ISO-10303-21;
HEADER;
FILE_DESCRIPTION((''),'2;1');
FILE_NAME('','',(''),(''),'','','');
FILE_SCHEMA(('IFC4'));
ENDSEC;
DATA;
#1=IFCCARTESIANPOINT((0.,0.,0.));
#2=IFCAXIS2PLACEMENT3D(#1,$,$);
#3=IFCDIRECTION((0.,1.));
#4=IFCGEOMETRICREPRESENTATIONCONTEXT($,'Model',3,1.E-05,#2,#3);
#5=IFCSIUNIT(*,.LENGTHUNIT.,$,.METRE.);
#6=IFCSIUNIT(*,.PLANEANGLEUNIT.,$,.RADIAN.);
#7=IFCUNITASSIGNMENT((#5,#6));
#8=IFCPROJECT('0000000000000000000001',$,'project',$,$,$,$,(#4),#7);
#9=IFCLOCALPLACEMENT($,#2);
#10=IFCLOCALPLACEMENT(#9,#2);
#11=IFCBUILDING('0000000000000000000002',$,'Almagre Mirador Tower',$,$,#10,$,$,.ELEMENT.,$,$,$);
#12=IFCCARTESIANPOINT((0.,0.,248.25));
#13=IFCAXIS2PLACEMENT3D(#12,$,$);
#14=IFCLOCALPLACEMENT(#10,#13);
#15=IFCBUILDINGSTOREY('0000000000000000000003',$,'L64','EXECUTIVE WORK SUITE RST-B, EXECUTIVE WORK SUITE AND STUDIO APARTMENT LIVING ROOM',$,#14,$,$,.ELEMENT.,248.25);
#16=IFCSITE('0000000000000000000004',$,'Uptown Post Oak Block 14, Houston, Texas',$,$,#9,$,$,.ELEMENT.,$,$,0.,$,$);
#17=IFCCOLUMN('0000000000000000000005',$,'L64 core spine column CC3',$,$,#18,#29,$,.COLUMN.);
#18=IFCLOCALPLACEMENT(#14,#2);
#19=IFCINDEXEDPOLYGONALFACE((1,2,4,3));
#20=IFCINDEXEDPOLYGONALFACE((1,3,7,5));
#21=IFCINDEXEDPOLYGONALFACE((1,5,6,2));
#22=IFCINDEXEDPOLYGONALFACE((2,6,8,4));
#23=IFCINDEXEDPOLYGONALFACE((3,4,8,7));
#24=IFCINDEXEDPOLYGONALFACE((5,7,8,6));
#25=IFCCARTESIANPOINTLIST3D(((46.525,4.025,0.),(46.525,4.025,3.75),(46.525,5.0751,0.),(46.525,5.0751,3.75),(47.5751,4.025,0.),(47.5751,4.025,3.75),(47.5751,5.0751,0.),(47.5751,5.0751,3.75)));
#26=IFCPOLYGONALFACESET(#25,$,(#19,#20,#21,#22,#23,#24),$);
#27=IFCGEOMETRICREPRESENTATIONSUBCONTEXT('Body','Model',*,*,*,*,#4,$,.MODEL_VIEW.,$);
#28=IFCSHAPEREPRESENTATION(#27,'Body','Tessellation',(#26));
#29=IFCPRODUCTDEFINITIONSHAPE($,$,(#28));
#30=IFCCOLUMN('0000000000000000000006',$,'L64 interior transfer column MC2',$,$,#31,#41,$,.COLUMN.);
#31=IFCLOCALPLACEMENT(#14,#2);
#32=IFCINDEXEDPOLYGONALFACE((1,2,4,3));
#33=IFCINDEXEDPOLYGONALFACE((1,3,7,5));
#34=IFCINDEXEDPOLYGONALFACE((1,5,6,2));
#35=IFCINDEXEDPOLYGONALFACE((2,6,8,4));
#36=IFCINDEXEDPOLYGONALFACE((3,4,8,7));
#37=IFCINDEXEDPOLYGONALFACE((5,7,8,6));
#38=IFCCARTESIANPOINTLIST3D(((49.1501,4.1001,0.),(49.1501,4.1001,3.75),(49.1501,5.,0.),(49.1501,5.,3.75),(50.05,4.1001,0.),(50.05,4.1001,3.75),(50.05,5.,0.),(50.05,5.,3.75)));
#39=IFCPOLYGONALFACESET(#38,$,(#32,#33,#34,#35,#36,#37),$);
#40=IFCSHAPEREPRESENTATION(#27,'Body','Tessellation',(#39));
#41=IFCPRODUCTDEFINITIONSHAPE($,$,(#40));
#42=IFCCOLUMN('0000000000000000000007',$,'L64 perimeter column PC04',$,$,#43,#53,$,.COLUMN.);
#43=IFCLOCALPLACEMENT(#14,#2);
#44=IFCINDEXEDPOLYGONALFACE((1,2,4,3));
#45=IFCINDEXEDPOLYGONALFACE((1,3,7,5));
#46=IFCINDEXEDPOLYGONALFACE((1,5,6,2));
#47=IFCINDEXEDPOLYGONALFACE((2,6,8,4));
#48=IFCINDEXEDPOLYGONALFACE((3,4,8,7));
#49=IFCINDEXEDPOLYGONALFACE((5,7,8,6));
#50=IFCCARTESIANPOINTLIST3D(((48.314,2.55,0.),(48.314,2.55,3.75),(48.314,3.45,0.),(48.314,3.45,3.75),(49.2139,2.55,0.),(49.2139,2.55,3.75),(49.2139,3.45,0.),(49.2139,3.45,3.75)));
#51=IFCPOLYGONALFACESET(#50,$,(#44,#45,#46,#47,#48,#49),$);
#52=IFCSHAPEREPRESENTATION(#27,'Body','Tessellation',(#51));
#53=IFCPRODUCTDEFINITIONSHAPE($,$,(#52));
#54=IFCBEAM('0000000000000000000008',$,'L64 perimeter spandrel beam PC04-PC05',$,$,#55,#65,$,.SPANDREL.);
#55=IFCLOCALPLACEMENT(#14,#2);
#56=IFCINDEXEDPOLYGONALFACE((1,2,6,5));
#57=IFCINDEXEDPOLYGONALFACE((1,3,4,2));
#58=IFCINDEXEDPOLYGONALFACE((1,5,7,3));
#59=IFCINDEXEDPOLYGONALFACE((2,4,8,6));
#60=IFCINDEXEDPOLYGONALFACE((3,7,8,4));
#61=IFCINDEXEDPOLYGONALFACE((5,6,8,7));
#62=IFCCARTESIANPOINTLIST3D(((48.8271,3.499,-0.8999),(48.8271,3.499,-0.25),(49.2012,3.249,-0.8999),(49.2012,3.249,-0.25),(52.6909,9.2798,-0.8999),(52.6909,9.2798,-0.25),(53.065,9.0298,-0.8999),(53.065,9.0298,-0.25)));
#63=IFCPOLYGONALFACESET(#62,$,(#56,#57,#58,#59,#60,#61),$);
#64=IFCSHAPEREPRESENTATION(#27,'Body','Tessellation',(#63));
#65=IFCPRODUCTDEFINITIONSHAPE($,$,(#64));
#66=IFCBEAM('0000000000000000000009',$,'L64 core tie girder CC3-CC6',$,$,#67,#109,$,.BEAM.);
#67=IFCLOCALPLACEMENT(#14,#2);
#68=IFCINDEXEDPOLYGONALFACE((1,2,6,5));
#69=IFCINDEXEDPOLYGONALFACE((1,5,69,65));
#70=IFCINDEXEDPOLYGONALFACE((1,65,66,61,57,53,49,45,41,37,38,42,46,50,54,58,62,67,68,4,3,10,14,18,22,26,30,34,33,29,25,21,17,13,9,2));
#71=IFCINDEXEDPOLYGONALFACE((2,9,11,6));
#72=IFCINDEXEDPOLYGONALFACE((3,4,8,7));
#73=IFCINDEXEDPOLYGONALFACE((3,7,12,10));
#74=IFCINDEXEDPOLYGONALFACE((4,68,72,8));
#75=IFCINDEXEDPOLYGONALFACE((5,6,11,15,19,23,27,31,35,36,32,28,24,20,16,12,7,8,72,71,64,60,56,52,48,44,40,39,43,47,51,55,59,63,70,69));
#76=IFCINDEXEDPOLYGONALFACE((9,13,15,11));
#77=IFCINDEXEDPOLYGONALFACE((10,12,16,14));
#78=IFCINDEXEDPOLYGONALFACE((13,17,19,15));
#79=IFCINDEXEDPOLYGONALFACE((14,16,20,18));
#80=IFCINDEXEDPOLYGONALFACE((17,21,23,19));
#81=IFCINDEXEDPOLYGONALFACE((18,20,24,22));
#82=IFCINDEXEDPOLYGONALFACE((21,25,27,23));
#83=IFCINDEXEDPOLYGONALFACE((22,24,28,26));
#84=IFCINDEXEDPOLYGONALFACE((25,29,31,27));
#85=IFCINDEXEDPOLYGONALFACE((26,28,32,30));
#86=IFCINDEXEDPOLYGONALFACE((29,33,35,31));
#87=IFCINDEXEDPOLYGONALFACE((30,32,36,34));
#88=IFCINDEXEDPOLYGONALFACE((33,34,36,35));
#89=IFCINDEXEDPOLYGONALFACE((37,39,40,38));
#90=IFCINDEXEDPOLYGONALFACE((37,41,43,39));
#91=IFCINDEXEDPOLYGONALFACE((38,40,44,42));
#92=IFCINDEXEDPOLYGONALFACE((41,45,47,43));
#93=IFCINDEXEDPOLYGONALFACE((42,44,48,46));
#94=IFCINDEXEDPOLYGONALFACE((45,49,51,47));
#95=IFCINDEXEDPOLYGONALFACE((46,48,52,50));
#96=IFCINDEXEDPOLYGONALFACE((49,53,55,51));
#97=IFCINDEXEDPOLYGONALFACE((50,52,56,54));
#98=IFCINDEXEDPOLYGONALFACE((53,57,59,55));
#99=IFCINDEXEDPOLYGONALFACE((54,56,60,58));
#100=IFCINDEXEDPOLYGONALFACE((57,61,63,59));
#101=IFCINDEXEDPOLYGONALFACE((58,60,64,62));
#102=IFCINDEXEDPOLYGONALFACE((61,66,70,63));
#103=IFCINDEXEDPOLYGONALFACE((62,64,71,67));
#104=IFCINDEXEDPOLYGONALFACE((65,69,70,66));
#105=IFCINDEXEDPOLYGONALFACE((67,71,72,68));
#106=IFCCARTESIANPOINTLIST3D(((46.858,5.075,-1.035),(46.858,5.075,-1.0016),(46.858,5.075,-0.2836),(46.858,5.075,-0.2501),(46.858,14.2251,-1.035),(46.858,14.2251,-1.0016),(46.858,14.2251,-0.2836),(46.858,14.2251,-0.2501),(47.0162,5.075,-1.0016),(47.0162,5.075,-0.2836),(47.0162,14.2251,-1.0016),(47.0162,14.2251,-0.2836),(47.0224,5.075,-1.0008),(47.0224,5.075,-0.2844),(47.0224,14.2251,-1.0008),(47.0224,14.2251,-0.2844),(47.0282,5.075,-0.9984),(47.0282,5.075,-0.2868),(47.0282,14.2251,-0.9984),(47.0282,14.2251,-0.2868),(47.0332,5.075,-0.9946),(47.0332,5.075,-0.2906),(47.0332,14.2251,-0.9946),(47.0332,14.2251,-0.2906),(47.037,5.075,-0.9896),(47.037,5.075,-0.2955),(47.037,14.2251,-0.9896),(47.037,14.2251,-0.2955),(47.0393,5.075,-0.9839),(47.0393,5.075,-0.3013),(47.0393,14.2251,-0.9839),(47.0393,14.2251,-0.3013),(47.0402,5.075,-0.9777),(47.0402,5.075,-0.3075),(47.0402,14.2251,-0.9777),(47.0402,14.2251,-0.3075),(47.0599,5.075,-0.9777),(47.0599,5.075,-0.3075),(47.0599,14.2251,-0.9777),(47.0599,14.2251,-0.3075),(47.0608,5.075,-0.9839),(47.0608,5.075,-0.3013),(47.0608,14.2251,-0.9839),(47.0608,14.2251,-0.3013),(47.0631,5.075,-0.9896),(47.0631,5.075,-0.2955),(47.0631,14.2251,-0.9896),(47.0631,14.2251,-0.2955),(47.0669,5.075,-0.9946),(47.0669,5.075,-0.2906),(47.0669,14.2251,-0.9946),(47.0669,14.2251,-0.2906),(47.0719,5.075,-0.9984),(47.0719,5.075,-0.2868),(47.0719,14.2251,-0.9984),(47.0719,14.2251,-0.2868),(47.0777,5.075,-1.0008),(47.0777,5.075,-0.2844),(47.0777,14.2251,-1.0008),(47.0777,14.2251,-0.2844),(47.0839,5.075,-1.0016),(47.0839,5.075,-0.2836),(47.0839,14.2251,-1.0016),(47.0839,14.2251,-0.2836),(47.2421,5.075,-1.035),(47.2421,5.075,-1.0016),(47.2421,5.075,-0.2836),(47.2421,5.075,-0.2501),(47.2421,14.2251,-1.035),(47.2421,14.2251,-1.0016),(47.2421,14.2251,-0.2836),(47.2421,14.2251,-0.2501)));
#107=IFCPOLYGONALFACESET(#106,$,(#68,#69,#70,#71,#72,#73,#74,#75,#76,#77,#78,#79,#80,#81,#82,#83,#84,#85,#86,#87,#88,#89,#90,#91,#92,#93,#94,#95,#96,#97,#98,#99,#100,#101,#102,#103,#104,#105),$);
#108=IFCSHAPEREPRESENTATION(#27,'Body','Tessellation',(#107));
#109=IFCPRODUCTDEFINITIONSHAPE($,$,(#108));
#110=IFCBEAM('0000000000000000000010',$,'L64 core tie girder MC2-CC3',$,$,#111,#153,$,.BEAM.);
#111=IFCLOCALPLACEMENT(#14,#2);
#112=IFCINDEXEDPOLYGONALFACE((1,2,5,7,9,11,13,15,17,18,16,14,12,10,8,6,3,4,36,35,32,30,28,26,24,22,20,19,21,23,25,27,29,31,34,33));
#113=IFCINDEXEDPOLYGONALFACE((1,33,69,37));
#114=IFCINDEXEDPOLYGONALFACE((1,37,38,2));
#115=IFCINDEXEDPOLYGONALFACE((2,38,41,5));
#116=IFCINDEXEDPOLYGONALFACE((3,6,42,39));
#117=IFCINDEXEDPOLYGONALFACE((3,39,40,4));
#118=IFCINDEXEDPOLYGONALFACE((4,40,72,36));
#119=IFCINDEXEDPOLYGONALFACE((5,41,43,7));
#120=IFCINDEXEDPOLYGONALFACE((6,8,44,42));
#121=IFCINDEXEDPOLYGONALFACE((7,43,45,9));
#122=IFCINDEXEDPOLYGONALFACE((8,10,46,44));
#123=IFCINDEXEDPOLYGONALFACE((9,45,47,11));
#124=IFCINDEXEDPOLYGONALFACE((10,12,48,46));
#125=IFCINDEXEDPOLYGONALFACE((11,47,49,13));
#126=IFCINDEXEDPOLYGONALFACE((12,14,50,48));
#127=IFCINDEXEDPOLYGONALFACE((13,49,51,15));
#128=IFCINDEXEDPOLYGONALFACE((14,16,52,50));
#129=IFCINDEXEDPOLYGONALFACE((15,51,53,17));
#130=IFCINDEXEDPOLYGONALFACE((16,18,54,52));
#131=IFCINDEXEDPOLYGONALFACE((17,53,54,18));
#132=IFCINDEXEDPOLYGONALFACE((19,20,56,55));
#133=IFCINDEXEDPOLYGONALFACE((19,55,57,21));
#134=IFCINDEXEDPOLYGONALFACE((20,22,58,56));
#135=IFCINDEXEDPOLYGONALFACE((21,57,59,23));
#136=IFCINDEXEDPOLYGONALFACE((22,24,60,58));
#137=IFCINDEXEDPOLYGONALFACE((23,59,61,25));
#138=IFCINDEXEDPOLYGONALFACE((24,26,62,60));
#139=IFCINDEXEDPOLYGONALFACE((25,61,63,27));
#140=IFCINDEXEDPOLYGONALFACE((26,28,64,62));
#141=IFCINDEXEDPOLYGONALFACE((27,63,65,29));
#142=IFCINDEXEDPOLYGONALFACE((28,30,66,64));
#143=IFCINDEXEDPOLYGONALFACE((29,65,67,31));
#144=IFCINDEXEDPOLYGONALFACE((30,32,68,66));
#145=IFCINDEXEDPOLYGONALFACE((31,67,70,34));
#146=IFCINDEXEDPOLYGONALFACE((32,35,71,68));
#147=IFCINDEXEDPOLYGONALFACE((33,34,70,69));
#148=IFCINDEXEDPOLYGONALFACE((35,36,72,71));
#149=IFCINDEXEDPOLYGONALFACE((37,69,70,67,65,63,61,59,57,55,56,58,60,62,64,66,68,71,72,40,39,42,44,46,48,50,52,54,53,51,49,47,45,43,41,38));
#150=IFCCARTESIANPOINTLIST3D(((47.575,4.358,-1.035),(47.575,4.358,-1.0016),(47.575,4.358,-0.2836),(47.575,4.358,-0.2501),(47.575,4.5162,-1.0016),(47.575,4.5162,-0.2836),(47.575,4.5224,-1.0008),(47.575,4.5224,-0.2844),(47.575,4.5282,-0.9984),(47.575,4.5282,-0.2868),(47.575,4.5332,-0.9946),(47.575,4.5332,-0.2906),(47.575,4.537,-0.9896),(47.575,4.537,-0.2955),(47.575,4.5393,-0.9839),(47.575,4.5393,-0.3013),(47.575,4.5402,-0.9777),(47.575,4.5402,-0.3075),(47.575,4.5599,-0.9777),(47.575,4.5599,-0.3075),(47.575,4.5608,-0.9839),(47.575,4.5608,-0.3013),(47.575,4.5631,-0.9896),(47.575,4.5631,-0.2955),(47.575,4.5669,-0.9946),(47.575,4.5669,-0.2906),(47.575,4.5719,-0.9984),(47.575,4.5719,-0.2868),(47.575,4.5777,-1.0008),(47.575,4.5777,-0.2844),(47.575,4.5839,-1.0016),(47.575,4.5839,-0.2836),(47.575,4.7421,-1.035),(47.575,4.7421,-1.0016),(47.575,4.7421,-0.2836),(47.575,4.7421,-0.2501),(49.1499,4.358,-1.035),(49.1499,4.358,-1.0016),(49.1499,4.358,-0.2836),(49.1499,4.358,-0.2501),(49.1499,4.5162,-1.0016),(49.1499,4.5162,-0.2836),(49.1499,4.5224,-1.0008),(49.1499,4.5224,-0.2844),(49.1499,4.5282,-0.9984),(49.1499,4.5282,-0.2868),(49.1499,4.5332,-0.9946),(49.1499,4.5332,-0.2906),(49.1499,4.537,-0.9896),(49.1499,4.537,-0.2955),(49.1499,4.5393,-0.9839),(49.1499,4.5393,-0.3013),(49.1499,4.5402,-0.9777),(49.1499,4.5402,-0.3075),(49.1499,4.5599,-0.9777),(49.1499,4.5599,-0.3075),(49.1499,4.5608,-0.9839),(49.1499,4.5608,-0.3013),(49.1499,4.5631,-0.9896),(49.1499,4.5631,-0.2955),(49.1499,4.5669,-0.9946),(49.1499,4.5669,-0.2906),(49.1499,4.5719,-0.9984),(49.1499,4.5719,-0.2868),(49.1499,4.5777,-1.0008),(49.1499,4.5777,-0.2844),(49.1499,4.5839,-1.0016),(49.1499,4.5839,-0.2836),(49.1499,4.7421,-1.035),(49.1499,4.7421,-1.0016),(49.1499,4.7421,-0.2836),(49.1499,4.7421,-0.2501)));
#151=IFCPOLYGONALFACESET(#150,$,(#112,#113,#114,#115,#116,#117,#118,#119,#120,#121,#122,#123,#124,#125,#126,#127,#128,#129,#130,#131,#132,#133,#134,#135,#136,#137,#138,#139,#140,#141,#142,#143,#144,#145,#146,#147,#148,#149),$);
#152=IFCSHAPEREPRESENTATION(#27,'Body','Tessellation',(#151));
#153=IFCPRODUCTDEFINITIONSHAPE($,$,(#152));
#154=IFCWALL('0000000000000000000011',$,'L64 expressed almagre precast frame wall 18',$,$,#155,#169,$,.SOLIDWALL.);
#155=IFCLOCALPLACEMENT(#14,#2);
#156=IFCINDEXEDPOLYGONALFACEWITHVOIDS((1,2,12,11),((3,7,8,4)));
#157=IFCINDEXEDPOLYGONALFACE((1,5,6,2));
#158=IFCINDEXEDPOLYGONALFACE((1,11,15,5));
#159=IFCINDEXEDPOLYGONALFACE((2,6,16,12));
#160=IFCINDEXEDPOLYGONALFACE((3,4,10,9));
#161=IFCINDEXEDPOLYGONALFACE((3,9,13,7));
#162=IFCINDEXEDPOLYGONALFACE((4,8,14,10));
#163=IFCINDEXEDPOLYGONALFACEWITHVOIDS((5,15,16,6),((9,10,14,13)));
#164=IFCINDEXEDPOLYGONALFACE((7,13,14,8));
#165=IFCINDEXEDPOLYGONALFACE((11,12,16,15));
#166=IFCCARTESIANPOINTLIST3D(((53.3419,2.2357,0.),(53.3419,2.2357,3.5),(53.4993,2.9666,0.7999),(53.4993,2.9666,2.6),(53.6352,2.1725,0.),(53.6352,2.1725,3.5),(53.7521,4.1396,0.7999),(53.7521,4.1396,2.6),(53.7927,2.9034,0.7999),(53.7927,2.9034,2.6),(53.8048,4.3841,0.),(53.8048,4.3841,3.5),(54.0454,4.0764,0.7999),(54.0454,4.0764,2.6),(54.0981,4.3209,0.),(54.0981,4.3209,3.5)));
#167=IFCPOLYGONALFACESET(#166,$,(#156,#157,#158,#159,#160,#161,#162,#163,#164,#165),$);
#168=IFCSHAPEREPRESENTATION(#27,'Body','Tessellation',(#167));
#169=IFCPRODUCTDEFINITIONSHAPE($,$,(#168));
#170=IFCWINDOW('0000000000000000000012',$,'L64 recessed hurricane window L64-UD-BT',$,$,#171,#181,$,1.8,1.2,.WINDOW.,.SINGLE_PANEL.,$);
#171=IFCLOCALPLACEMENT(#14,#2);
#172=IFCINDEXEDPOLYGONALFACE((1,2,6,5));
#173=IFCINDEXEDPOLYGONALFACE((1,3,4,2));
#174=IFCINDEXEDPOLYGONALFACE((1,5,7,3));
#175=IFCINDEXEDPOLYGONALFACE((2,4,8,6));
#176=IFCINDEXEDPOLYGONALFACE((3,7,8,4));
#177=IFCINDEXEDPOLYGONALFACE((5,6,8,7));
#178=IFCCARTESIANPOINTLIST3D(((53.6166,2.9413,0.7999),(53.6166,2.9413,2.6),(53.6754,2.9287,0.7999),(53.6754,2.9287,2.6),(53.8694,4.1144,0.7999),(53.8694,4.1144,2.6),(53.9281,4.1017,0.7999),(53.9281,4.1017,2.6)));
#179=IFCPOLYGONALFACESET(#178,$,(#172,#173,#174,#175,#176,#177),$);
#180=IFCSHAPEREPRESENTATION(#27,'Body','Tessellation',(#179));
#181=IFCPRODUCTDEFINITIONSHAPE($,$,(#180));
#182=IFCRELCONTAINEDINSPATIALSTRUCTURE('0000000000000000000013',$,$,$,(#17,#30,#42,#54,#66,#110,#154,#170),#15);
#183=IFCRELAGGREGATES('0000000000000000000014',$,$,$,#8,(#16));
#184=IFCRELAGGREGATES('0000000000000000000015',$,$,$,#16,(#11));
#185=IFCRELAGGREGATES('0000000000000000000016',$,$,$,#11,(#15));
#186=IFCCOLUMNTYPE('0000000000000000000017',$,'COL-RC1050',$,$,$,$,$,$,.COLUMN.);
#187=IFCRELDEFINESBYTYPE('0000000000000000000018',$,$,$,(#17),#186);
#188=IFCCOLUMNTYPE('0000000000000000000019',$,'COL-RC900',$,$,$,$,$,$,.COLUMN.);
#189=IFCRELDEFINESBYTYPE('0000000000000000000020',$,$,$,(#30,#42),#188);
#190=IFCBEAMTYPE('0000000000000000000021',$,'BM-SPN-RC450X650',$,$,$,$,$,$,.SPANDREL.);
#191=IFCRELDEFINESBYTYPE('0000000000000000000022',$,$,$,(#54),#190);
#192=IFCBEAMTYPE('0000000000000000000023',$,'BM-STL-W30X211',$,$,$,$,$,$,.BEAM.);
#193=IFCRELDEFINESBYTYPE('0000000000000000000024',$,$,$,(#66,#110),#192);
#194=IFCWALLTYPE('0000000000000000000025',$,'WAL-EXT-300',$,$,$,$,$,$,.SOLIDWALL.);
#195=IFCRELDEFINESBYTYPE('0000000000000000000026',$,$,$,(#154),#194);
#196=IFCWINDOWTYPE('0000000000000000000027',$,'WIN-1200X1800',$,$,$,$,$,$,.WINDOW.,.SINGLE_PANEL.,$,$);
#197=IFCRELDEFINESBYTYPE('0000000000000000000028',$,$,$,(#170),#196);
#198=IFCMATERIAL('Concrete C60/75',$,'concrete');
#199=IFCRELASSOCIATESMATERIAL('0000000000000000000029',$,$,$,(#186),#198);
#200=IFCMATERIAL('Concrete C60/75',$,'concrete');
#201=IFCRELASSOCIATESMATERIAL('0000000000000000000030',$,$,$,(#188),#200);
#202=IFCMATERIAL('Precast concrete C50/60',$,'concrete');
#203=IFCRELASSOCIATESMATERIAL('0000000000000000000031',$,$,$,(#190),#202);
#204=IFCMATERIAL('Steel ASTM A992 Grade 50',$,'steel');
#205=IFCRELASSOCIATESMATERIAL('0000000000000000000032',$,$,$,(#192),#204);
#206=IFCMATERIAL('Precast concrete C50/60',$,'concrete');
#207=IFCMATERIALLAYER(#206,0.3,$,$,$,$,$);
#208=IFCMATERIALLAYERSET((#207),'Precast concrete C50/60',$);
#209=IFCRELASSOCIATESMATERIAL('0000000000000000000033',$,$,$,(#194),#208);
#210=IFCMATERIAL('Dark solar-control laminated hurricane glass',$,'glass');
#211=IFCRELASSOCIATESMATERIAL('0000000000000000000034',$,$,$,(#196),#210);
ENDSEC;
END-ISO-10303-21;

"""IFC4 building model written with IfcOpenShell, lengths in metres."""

from ifc_helpers import new_model, si_unit, direction, frame, frame_2d, origin, origin_2d, place, context, subcontext, project, spatial, rectangle, i_section, extrude, material, layer, layer_set, material_profile, profile_set, type_object, element, fill, save


model = new_model("IFC4")

# Units and contexts
model_context = context("Model", 3, precision=1e-05, world=origin(), true_north=direction((0.0, 1.0)))
body_context = subcontext(model_context, "Body", "Model", "MODEL_VIEW")
ifc_project = project(units=[si_unit("LENGTHUNIT", "METRE"), si_unit("PLANEANGLEUNIT", "RADIAN")], contexts=[model_context])

# Site, building, storey
site_placement = place(None, origin())
site = spatial("IfcSite", under=ifc_project, at=site_placement, Name="Uptown Post Oak Block 14, Houston, Texas", CompositionType="ELEMENT", RefElevation=0.0)
building_placement = place(site_placement, origin())
building = spatial("IfcBuilding", under=site, at=building_placement, Name="Almagre Mirador Tower", CompositionType="ELEMENT")
storey_placement = place(building_placement, frame((0.0, 0.0, 248.25)))
storey = spatial("IfcBuildingStorey", under=building, at=storey_placement, Name="L64", Description="EXECUTIVE WORK SUITE RST-B, EXECUTIVE WORK SUITE AND STUDIO APARTMENT LIVING ROOM", CompositionType="ELEMENT", Elevation=248.25)

# Columns
ifc_material_1 = material(Name="Concrete C60/75", Category="concrete")
ifc_material_profile_1 = material_profile(ifc_material_1, rectangle(XDim=1.05, YDim=1.05, at=origin_2d()), Name="RC1050X1050")
ifc_profile_set_1 = profile_set([ifc_material_profile_1], Name="Concrete C60/75")
column_type_1 = type_object("IfcColumnType", Name="COL-RC1050", PredefinedType="COLUMN", material=ifc_profile_set_1)
column_placement = place(storey_placement, frame((47.05, 4.55, 0.0), z_axis=(0.0, 0.0, 1.0), x_axis=(1.0, 0.0, 0.0)))
element("IfcColumn", 1, at=column_placement, inside=storey, type_object=column_type_1, Name="L64 core spine column CC3", PredefinedType="COLUMN", context=body_context, shape_type="SweptSolid", body=[
    extrude(rectangle(XDim=1.05, YDim=1.05, at=origin_2d()), origin(), (0.0, 0.0, 1.0), 3.75),
])
ifc_material_2 = material(Name="Concrete C60/75", Category="concrete")
ifc_material_profile_2 = material_profile(ifc_material_2, rectangle(XDim=0.8999, YDim=0.8999, at=origin_2d()), Name="RC900X900")
ifc_profile_set_2 = profile_set([ifc_material_profile_2], Name="Concrete C60/75")
column_type_2 = type_object("IfcColumnType", Name="COL-RC900", PredefinedType="COLUMN", material=ifc_profile_set_2)
for number, where, z_axis, x_axis, name in (
    (2, (49.6001, 4.55, 0.0), (0.0, 0.0, 1.0), (1.0, 0.0, 0.0), "L64 interior transfer column MC2"),
    (3, (48.7639, 3.0, 0.0), (0.0, 0.0, 1.0), (1.0, 0.0, 0.0), "L64 perimeter column PC04"),
):
    element("IfcColumn", number, at=place(storey_placement, frame(where, z_axis=z_axis, x_axis=x_axis)), inside=storey, type_object=column_type_2, Name=name, PredefinedType="COLUMN", context=body_context, shape_type="SweptSolid", body=[
        extrude(rectangle(XDim=0.8999, YDim=0.8999, at=origin_2d()), origin(), (0.0, 0.0, 1.0), 3.75),
    ])

# Beams
ifc_material_3 = material(Name="Precast concrete C50/60", Category="concrete")
ifc_material_profile_3 = material_profile(ifc_material_3, rectangle(XDim=0.45, YDim=0.6499, at=origin_2d()), Name="RC450X650")
ifc_profile_set_3 = profile_set([ifc_material_profile_3], Name="Precast concrete C50/60")
beam_type_1 = type_object("IfcBeamType", Name="BM-SPN-RC450X650", PredefinedType="SPANDREL", material=ifc_profile_set_3)
beam_1_placement = place(storey_placement, frame((49.0142, 3.374, -0.575), z_axis=(0.555688, 0.831391, 0.0), x_axis=(-0.831391, 0.555688, 0.0)))
element("IfcBeam", 4, at=beam_1_placement, inside=storey, type_object=beam_type_1, Name="L64 perimeter spandrel beam PC04-PC05", PredefinedType="SPANDREL", context=body_context, shape_type="SweptSolid", body=[
    extrude(rectangle(XDim=0.45, YDim=0.6499, at=origin_2d()), origin(), (0.0, 0.0, 1.0), 6.9531),
])
ifc_material_4 = material(Name="Steel ASTM A992 Grade 50", Category="steel")
ifc_material_profile_4 = material_profile(ifc_material_4, i_section(OverallWidth=0.384, OverallDepth=0.7849, WebThickness=0.0198, FlangeThickness=0.0334, FilletRadius=0.0239, at=origin_2d()), Name="W30X211")
ifc_profile_set_4 = profile_set([ifc_material_profile_4], Name="Steel ASTM A992 Grade 50")
beam_type_2 = type_object("IfcBeamType", Name="BM-STL-W30X211", PredefinedType="BEAM", material=ifc_profile_set_4)
beam_2_placement = place(storey_placement, frame((47.05, 5.075, -0.6426), z_axis=(0.0, 1.0, 0.0), x_axis=(-1.0, 0.0, 0.0)))
element("IfcBeam", 5, at=beam_2_placement, inside=storey, type_object=beam_type_2, Name="L64 core tie girder CC3-CC6", PredefinedType="BEAM", context=body_context, shape_type="SweptSolid", body=[
    extrude(i_section(OverallWidth=0.384, OverallDepth=0.7849, WebThickness=0.0198, FlangeThickness=0.0334, FilletRadius=0.0239, at=origin_2d()), origin(), (0.0, 0.0, 1.0), 9.1501),
])
beam_3_placement = place(storey_placement, frame((49.1499, 4.55, -0.6426), z_axis=(-1.0, 0.0, 0.0), x_axis=(0.0, -1.0, 0.0)))
element("IfcBeam", 6, at=beam_3_placement, inside=storey, type_object=beam_type_2, Name="L64 core tie girder MC2-CC3", PredefinedType="BEAM", context=body_context, shape_type="SweptSolid", body=[
    extrude(i_section(OverallWidth=0.384, OverallDepth=0.7849, WebThickness=0.0198, FlangeThickness=0.0334, FilletRadius=0.0239, at=origin_2d()), origin(), (0.0, 0.0, 1.0), 1.575),
])

# Wall, opening, window
ifc_material_5 = material(Name="Precast concrete C50/60", Category="concrete")
ifc_layer_1 = layer(ifc_material_5, 0.3)
ifc_layer_set_1 = layer_set([ifc_layer_1], Name="Precast concrete C50/60")
wall_type_1 = type_object("IfcWallType", Name="WAL-EXT-300", PredefinedType="SOLIDWALL", material=ifc_layer_set_1)
wall_1_placement = place(storey_placement, frame((53.9514, 4.3525, 0.0), z_axis=(0.0, 0.0, 1.0), x_axis=(-0.210621, -0.977568, 0.0)))
wall_1 = element("IfcWall", 7, at=wall_1_placement, inside=storey, type_object=wall_type_1, Name="L64 expressed almagre precast frame wall 18", PredefinedType="SOLIDWALL", context=body_context, shape_type="SweptSolid", body=[
    extrude(rectangle(XDim=2.1978, YDim=0.3, at=frame_2d((1.0989, 0.0))), origin(), (0.0, 0.0, 1.0), 3.5),
])
opening_1_placement = place(wall_1_placement, frame((0.25, 0.0, 0.8)))
opening_1 = element("IfcOpeningElement", 8, at=opening_1_placement, cuts=wall_1, PredefinedType="OPENING", context=body_context, shape_type="SweptSolid", body=[
    extrude(rectangle(XDim=1.2, YDim=1.8, at=frame_2d((0.6001, 0.8999))), frame((0.0, 0.1599, 0.0), z_axis=(0.0, -1.0, 0.0), x_axis=(1.0, 0.0, 0.0)), (0.0, 0.0, 1.0), 0.32),
])
ifc_material_6 = material(Name="Dark solar-control laminated hurricane glass", Category="glass")
window_type_1 = type_object("IfcWindowType", Name="WIN-1200X1800", PartitioningType="SINGLE_PANEL", PredefinedType="WINDOW", material=ifc_material_6)
window_1_placement = place(opening_1_placement, origin())
window_1 = element("IfcWindow", 9, at=window_1_placement, inside=storey, type_object=window_type_1, Name="L64 recessed hurricane window L64-UD-BT", OverallHeight=1.8, OverallWidth=1.2, PartitioningType="SINGLE_PANEL", PredefinedType="WINDOW", context=body_context, shape_type="SweptSolid", body=[
    extrude(rectangle(XDim=1.2, YDim=1.8, at=frame_2d((0.6001, 0.8999))), frame((0.0, 0.03, 0.0), z_axis=(0.0, -1.0, 0.0), x_axis=(1.0, 0.0, 0.0)), (0.0, 0.0, 1.0), 0.0601),
])
fill(opening_1, window_1)

save(model, "model.ifc")
